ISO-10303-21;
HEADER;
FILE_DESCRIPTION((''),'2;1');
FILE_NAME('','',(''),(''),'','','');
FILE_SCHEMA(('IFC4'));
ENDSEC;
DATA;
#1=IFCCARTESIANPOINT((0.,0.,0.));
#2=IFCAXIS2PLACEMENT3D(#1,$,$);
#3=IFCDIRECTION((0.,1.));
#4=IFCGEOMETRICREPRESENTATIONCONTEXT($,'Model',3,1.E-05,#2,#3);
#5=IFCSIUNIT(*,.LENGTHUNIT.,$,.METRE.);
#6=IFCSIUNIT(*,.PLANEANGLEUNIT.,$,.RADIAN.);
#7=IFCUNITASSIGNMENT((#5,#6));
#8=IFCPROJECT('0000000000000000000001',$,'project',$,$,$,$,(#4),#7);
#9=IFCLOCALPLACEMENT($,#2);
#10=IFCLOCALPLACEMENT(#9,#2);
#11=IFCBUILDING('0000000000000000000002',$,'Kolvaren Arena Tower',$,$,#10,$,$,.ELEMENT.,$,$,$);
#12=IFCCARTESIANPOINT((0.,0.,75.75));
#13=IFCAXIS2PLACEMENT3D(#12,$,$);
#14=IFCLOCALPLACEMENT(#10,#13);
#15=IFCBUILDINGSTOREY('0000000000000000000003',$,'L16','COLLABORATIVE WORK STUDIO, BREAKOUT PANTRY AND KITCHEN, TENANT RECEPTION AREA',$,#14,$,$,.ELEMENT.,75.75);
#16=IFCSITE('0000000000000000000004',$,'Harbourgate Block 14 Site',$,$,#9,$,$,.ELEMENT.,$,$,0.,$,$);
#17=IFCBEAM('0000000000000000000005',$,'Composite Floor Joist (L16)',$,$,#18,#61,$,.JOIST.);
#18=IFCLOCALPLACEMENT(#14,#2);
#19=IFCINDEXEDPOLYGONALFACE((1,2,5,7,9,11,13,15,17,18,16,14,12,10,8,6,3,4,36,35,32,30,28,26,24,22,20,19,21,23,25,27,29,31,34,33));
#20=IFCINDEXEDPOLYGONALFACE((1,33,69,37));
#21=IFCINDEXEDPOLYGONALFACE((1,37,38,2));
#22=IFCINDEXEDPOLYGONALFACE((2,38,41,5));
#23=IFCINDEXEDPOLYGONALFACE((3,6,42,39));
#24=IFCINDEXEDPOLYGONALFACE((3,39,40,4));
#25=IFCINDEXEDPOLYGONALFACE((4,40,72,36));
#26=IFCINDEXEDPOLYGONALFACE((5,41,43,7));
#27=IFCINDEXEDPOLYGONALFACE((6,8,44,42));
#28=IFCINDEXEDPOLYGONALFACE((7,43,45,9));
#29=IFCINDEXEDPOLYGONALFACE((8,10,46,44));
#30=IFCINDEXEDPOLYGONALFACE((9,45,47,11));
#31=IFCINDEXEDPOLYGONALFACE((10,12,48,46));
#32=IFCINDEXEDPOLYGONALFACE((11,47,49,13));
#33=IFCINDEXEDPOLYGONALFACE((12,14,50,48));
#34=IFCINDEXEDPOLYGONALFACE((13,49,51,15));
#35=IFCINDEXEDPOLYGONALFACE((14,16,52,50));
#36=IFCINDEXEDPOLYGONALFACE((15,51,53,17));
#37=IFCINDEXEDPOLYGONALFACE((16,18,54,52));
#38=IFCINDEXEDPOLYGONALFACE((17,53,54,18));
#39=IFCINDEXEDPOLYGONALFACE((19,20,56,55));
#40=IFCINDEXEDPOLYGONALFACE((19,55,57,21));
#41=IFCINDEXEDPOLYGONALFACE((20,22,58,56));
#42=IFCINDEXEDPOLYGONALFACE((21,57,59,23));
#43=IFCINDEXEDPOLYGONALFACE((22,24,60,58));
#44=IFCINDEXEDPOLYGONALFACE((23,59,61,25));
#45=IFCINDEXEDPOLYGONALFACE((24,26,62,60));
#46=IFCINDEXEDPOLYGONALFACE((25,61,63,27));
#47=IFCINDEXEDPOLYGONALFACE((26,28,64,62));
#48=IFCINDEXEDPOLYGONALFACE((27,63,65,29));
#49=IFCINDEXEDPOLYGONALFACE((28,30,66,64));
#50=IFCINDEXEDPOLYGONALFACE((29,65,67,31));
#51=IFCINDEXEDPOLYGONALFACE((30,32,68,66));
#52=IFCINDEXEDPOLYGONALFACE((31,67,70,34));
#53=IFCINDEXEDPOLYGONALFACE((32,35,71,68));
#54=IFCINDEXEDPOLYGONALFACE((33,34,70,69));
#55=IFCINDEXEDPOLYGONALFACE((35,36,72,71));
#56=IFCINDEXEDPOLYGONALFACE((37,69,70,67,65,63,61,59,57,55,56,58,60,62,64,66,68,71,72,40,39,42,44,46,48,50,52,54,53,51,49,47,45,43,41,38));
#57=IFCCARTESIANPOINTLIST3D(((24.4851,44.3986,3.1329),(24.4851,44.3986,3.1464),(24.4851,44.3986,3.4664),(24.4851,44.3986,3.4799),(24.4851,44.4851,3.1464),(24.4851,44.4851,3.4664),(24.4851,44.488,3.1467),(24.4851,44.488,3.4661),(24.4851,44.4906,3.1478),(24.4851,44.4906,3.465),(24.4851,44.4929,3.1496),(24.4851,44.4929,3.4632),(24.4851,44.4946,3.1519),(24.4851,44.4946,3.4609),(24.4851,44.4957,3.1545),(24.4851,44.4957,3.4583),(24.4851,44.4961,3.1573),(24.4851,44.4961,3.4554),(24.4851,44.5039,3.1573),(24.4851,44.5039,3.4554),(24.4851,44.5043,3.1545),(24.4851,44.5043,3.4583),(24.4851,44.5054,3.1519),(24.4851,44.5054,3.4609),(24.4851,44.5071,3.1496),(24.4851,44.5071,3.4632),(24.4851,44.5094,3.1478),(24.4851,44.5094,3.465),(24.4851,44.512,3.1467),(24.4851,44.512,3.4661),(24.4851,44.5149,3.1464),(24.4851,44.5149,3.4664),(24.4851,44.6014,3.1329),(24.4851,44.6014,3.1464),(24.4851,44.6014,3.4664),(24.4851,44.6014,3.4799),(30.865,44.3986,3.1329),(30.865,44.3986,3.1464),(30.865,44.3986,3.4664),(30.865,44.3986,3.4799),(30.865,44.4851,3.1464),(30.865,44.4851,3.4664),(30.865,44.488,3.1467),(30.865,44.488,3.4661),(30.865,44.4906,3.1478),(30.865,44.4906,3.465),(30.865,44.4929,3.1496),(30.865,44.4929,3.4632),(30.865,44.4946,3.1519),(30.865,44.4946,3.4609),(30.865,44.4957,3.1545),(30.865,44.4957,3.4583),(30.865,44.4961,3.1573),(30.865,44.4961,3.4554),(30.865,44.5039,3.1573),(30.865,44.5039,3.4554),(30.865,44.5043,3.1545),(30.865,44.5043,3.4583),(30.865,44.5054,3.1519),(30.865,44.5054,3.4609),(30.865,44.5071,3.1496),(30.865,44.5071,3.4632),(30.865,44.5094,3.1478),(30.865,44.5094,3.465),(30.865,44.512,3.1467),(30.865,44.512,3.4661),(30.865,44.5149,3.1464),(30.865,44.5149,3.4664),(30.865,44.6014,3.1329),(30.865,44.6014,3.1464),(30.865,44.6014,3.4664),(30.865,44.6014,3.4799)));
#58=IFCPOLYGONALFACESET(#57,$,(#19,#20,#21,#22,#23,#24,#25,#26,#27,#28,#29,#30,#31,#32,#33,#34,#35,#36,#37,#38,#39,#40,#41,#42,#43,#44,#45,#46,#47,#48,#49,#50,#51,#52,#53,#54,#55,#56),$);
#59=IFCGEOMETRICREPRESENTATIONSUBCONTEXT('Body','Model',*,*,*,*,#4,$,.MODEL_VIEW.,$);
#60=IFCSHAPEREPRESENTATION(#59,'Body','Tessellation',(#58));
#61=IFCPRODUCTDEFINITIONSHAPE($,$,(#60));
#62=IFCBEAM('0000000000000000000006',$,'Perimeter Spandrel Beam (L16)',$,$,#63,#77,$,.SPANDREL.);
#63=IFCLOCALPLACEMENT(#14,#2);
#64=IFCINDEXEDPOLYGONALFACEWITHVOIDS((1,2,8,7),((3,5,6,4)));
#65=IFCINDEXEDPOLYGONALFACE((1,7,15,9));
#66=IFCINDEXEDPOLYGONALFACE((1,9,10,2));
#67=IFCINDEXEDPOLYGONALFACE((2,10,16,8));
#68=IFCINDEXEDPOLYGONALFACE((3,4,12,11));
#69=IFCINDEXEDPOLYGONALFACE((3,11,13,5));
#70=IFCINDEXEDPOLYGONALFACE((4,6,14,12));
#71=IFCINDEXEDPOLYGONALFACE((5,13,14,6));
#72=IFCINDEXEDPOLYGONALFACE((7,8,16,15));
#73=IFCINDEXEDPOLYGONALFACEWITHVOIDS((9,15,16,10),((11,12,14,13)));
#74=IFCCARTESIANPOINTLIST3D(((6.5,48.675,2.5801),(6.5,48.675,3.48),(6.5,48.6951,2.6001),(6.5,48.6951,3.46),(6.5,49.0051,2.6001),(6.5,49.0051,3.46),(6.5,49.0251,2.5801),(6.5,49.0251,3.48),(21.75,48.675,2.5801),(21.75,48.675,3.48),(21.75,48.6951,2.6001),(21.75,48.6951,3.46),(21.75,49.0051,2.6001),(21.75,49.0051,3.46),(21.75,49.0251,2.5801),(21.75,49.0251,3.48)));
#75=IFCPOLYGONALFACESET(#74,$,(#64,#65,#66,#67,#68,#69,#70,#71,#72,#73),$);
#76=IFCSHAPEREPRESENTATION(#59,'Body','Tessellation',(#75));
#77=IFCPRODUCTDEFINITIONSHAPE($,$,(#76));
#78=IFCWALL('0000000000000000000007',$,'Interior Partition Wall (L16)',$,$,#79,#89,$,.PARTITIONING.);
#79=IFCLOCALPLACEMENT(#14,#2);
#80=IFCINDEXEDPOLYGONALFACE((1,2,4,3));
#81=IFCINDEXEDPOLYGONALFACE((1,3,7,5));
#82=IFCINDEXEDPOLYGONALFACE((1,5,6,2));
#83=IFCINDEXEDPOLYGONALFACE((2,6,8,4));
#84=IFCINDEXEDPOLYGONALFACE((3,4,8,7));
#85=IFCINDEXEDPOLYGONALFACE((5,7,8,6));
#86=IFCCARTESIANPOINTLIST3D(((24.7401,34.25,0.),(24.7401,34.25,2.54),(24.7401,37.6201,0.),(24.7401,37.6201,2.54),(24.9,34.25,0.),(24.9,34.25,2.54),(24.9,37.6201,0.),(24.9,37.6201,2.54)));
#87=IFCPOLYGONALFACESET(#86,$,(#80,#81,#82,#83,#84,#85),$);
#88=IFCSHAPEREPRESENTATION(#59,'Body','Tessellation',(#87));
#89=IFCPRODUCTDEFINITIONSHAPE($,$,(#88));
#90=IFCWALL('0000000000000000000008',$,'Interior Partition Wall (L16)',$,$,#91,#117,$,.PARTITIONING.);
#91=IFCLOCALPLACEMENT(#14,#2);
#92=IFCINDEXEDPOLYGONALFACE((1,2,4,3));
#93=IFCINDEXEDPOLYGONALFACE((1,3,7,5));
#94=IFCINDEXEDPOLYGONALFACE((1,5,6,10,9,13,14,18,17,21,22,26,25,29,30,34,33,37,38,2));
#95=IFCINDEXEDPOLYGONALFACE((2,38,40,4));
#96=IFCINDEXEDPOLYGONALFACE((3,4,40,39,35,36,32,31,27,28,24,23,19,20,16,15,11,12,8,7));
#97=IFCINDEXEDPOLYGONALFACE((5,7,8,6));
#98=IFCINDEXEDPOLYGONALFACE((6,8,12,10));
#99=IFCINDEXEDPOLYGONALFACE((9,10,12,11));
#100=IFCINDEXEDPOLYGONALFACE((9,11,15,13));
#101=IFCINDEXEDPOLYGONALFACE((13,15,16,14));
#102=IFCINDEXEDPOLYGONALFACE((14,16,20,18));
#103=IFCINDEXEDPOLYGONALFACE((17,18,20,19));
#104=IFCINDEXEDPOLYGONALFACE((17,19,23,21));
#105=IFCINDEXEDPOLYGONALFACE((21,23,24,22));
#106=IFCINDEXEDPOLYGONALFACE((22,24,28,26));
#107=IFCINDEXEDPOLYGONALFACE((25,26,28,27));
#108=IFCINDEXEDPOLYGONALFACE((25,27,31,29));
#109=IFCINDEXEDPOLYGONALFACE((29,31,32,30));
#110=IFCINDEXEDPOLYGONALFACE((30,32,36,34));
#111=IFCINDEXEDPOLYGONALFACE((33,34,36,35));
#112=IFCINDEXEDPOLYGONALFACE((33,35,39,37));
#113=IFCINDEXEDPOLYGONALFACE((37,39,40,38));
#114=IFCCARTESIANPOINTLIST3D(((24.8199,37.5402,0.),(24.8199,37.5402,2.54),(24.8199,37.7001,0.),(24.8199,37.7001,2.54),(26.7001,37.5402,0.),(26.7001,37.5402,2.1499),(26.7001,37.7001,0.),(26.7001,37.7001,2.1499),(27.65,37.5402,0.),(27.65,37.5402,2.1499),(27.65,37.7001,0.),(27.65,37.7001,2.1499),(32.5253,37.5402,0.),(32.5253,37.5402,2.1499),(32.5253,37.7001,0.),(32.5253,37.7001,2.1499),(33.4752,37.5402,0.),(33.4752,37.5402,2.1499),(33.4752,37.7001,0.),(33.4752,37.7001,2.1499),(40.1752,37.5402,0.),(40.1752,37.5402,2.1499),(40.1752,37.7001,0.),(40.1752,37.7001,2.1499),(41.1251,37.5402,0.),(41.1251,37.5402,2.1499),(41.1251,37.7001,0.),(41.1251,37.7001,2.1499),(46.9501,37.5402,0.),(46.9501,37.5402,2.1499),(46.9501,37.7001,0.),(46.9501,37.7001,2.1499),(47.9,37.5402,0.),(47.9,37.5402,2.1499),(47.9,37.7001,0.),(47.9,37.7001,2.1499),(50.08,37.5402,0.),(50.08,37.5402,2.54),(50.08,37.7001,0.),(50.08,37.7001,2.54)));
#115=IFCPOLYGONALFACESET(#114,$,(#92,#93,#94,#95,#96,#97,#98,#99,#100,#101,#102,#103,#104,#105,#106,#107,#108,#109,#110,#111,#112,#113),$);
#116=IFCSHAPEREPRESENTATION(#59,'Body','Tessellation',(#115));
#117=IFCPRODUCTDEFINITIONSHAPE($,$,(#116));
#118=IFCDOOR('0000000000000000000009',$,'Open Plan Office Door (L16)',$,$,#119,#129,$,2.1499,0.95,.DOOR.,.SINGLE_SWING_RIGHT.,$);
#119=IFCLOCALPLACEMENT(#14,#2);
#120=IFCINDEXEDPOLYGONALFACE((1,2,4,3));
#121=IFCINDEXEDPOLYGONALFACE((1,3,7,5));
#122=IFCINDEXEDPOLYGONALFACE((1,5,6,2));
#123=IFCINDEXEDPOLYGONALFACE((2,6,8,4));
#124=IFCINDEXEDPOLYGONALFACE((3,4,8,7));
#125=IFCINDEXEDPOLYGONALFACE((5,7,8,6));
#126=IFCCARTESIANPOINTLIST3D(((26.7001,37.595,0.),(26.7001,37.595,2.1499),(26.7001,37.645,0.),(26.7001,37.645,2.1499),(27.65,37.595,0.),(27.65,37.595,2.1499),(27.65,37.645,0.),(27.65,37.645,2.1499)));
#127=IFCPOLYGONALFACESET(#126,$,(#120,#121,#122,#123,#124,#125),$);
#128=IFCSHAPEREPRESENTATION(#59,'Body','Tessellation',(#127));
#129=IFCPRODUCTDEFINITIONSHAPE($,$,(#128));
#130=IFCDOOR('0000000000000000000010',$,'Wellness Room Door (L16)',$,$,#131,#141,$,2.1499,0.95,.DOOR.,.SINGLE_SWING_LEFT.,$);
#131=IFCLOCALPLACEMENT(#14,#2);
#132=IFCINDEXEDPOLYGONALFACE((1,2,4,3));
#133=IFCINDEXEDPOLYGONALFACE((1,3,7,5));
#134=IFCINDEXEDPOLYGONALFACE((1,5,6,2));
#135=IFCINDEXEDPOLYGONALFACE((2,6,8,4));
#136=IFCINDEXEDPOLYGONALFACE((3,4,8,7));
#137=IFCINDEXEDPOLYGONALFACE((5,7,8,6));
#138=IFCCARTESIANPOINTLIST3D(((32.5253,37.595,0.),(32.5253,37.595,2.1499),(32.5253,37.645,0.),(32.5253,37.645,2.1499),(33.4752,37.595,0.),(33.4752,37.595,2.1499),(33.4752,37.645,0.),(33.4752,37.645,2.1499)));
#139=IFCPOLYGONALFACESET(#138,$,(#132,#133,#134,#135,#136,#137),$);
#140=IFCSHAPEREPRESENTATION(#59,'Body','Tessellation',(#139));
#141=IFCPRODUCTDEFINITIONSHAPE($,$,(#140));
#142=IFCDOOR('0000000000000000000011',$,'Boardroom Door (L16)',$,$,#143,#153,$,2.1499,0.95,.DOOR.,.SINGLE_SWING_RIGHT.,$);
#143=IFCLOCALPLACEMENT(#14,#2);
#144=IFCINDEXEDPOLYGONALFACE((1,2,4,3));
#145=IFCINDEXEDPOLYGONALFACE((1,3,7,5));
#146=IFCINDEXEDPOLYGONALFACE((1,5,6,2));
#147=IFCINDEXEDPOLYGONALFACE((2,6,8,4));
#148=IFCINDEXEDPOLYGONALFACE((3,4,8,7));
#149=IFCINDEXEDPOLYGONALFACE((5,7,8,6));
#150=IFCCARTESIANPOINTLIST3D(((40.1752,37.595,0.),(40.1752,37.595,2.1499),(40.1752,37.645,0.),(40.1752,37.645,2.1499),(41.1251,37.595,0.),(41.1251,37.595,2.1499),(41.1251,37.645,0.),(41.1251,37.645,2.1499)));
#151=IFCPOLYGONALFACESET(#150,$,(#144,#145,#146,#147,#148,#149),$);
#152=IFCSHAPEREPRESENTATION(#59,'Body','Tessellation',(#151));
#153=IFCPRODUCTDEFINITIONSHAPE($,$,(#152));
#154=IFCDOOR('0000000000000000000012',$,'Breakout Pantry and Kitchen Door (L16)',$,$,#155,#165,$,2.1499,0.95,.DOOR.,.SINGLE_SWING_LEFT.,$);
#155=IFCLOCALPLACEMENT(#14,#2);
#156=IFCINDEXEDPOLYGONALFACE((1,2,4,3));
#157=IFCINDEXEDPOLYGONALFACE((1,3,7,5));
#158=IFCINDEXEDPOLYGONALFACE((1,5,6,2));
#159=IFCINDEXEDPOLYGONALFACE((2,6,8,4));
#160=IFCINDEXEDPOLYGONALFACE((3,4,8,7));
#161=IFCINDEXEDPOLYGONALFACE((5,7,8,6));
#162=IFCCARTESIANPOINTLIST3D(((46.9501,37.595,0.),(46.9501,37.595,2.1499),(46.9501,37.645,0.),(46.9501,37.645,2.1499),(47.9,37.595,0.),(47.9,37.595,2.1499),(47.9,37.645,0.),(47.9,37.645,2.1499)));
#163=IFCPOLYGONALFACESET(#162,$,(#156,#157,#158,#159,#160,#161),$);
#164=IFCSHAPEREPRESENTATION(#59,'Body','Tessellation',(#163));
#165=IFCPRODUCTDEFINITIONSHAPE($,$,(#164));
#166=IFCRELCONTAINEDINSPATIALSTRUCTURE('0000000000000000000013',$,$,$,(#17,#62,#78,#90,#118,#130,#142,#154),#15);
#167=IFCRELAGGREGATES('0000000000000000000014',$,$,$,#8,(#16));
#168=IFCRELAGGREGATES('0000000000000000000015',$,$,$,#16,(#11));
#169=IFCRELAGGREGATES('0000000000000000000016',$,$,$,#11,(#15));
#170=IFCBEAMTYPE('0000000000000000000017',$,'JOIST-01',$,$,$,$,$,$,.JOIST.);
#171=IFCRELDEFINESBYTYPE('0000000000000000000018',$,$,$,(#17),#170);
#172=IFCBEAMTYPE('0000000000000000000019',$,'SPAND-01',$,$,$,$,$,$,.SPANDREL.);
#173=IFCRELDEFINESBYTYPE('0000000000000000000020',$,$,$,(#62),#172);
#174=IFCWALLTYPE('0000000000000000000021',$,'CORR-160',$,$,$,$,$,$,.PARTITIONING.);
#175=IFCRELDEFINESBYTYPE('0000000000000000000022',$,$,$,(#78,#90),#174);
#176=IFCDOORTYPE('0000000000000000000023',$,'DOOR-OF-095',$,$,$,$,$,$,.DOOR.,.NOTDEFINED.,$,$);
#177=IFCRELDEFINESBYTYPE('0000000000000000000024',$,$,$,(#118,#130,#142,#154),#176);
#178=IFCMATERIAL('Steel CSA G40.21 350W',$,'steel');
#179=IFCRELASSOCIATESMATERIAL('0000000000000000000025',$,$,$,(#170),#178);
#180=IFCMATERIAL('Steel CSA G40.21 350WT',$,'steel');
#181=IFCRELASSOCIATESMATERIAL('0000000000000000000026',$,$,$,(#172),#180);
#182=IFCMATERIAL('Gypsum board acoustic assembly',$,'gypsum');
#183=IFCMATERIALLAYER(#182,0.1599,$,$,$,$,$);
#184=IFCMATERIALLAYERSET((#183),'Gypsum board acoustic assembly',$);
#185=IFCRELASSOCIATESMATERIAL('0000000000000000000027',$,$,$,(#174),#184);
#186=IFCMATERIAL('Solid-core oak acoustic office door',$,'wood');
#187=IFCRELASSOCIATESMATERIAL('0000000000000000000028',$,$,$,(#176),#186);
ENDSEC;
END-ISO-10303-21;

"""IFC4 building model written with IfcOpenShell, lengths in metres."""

from ifc_helpers import new_model, si_unit, direction, frame, frame_2d, origin, origin_2d, place, context, subcontext, project, spatial, rectangle, hollow_rectangle, i_section, extrude, material, layer, layer_set, material_profile, profile_set, type_object, element, fill, save


model = new_model("IFC4")

# Units and contexts
model_context = context("Model", 3, precision=1e-05, world=origin(), true_north=direction((0.0, 1.0)))
body_context = subcontext(model_context, "Body", "Model", "MODEL_VIEW")
ifc_project = project(units=[si_unit("LENGTHUNIT", "METRE"), si_unit("PLANEANGLEUNIT", "RADIAN")], contexts=[model_context])

# Site, building, storey
site_placement = place(None, origin())
site = spatial("IfcSite", under=ifc_project, at=site_placement, Name="Harbourgate Block 14 Site", CompositionType="ELEMENT", RefElevation=0.0)
building_placement = place(site_placement, origin())
building = spatial("IfcBuilding", under=site, at=building_placement, Name="Kolvaren Arena Tower", CompositionType="ELEMENT")
storey_placement = place(building_placement, frame((0.0, 0.0, 75.75)))
storey = spatial("IfcBuildingStorey", under=building, at=storey_placement, Name="L16", Description="COLLABORATIVE WORK STUDIO, BREAKOUT PANTRY AND KITCHEN, TENANT RECEPTION AREA", CompositionType="ELEMENT", Elevation=75.75)

# Beams
ifc_material_1 = material(Name="Steel CSA G40.21 350W", Category="steel")
ifc_material_profile_1 = material_profile(ifc_material_1, i_section(OverallWidth=0.2029, OverallDepth=0.3469, WebThickness=0.0078, FlangeThickness=0.0134, FilletRadius=0.011, at=origin_2d()), Name="W360x64")
ifc_profile_set_1 = profile_set([ifc_material_profile_1], Name="Steel CSA G40.21 350W")
beam_type_1 = type_object("IfcBeamType", Name="JOIST-01", PredefinedType="JOIST", material=ifc_profile_set_1)
beam_1_placement = place(storey_placement, frame((24.4851, 44.5, 3.3064), z_axis=(1.0, 0.0, 0.0), x_axis=(0.0, 1.0, 0.0)))
element("IfcBeam", 1, at=beam_1_placement, inside=storey, type_object=beam_type_1, Name="Composite Floor Joist (L16)", PredefinedType="JOIST", context=body_context, shape_type="SweptSolid", body=[
    extrude(i_section(OverallWidth=0.2029, OverallDepth=0.3469, WebThickness=0.0078, FlangeThickness=0.0134, FilletRadius=0.011, at=origin_2d()), origin(), (0.0, 0.0, 1.0), 6.3799),
])
ifc_material_2 = material(Name="Steel CSA G40.21 350WT", Category="steel")
ifc_material_profile_2 = material_profile(ifc_material_2, hollow_rectangle(XDim=0.3501, YDim=0.8999, WallThickness=0.02, at=origin_2d()), Name="HSS 900x350x20")
ifc_profile_set_2 = profile_set([ifc_material_profile_2], Name="Steel CSA G40.21 350WT")
beam_type_2 = type_object("IfcBeamType", Name="SPAND-01", PredefinedType="SPANDREL", material=ifc_profile_set_2)
beam_2_placement = place(storey_placement, frame((21.75, 48.8501, 3.03), z_axis=(-1.0, 0.0, 0.0), x_axis=(0.0, -1.0, 0.0)))
element("IfcBeam", 2, at=beam_2_placement, inside=storey, type_object=beam_type_2, Name="Perimeter Spandrel Beam (L16)", PredefinedType="SPANDREL", context=body_context, shape_type="SweptSolid", body=[
    extrude(hollow_rectangle(XDim=0.3501, YDim=0.8999, WallThickness=0.02, at=origin_2d()), origin(), (0.0, 0.0, 1.0), 15.25),
])

# Wall
ifc_material_3 = material(Name="Gypsum board acoustic assembly", Category="gypsum")
ifc_layer_1 = layer(ifc_material_3, 0.1599)
ifc_layer_set_1 = layer_set([ifc_layer_1], Name="Gypsum board acoustic assembly")
wall_type_1 = type_object("IfcWallType", Name="CORR-160", PredefinedType="PARTITIONING", material=ifc_layer_set_1)
wall_1_placement = place(storey_placement, frame((24.8201, 34.25, 0.0), z_axis=(0.0, 0.0, 1.0), x_axis=(0.0, 1.0, 0.0)))
element("IfcWall", 3, at=wall_1_placement, inside=storey, type_object=wall_type_1, Name="Interior Partition Wall (L16)", PredefinedType="PARTITIONING", context=body_context, shape_type="SweptSolid", body=[
    extrude(rectangle(XDim=3.3701, YDim=0.1599, at=frame_2d((1.6851, 0.0))), origin(), (0.0, 0.0, 1.0), 2.54),
])

# Wall, openings, doors
wall_2_placement = place(storey_placement, frame((24.8201, 37.6201, 0.0), z_axis=(0.0, 0.0, 1.0), x_axis=(1.0, 0.0, 0.0)))
wall_2 = element("IfcWall", 4, at=wall_2_placement, inside=storey, type_object=wall_type_1, Name="Interior Partition Wall (L16)", PredefinedType="PARTITIONING", context=body_context, shape_type="SweptSolid", body=[
    extrude(rectangle(XDim=25.26, YDim=0.1599, at=frame_2d((12.6299, 0.0))), origin(), (0.0, 0.0, 1.0), 2.54),
])
opening_1_placement = place(wall_2_placement, frame((1.8799, 0.0, 0.0)))
opening_1 = element("IfcOpeningElement", 5, at=opening_1_placement, cuts=wall_2, PredefinedType="OPENING", context=body_context, shape_type="SweptSolid", body=[
    extrude(rectangle(XDim=0.95, YDim=2.1499, at=frame_2d((0.4751, 1.075))), frame((0.0, 0.0898, 0.0), z_axis=(0.0, -1.0, 0.0), x_axis=(1.0, 0.0, 0.0)), (0.0, 0.0, 1.0), 0.1799),
])
opening_2_placement = place(wall_2_placement, frame((7.7051, 0.0, 0.0)))
opening_2 = element("IfcOpeningElement", 6, at=opening_2_placement, cuts=wall_2, PredefinedType="OPENING", context=body_context, shape_type="SweptSolid", body=[
    extrude(rectangle(XDim=0.95, YDim=2.1499, at=frame_2d((0.4751, 1.075))), frame((0.0, 0.0898, 0.0), z_axis=(0.0, -1.0, 0.0), x_axis=(1.0, 0.0, 0.0)), (0.0, 0.0, 1.0), 0.1799),
])
opening_3_placement = place(wall_2_placement, frame((15.355, 0.0, 0.0)))
opening_3 = element("IfcOpeningElement", 7, at=opening_3_placement, cuts=wall_2, PredefinedType="OPENING", context=body_context, shape_type="SweptSolid", body=[
    extrude(rectangle(XDim=0.95, YDim=2.1499, at=frame_2d((0.4751, 1.075))), frame((0.0, 0.0898, 0.0), z_axis=(0.0, -1.0, 0.0), x_axis=(1.0, 0.0, 0.0)), (0.0, 0.0, 1.0), 0.1799),
])
opening_4_placement = place(wall_2_placement, frame((22.1299, 0.0, 0.0)))
opening_4 = element("IfcOpeningElement", 8, at=opening_4_placement, cuts=wall_2, PredefinedType="OPENING", context=body_context, shape_type="SweptSolid", body=[
    extrude(rectangle(XDim=0.95, YDim=2.1499, at=frame_2d((0.4751, 1.075))), frame((0.0, 0.0898, 0.0), z_axis=(0.0, -1.0, 0.0), x_axis=(1.0, 0.0, 0.0)), (0.0, 0.0, 1.0), 0.1799),
])
ifc_material_4 = material(Name="Solid-core oak acoustic office door", Category="wood")
door_type = type_object("IfcDoorType", Name="DOOR-OF-095", OperationType="NOTDEFINED", PredefinedType="DOOR", material=ifc_material_4)
door_1_placement = place(opening_1_placement, origin())
door_1 = element("IfcDoor", 9, at=door_1_placement, inside=storey, type_object=door_type, Name="Open Plan Office Door (L16)", OperationType="SINGLE_SWING_RIGHT", OverallHeight=2.1499, OverallWidth=0.95, PredefinedType="DOOR", context=body_context, shape_type="SweptSolid", body=[
    extrude(rectangle(XDim=0.95, YDim=2.1499, at=frame_2d((0.4751, 1.075))), frame((0.0, 0.0249, 0.0), z_axis=(0.0, -1.0, 0.0), x_axis=(1.0, 0.0, 0.0)), (0.0, 0.0, 1.0), 0.05),
])
fill(opening_1, door_1)
door_2_placement = place(opening_2_placement, origin())
door_2 = element("IfcDoor", 10, at=door_2_placement, inside=storey, type_object=door_type, Name="Wellness Room Door (L16)", OperationType="SINGLE_SWING_LEFT", OverallHeight=2.1499, OverallWidth=0.95, PredefinedType="DOOR", context=body_context, shape_type="SweptSolid", body=[
    extrude(rectangle(XDim=0.95, YDim=2.1499, at=frame_2d((0.4751, 1.075))), frame((0.0, 0.0249, 0.0), z_axis=(0.0, -1.0, 0.0), x_axis=(1.0, 0.0, 0.0)), (0.0, 0.0, 1.0), 0.05),
])
fill(opening_2, door_2)
door_3_placement = place(opening_3_placement, origin())
door_3 = element("IfcDoor", 11, at=door_3_placement, inside=storey, type_object=door_type, Name="Boardroom Door (L16)", OperationType="SINGLE_SWING_RIGHT", OverallHeight=2.1499, OverallWidth=0.95, PredefinedType="DOOR", context=body_context, shape_type="SweptSolid", body=[
    extrude(rectangle(XDim=0.95, YDim=2.1499, at=frame_2d((0.4751, 1.075))), frame((0.0, 0.0249, 0.0), z_axis=(0.0, -1.0, 0.0), x_axis=(1.0, 0.0, 0.0)), (0.0, 0.0, 1.0), 0.05),
])
fill(opening_3, door_3)
door_4_placement = place(opening_4_placement, origin())
door_4 = element("IfcDoor", 12, at=door_4_placement, inside=storey, type_object=door_type, Name="Breakout Pantry and Kitchen Door (L16)", OperationType="SINGLE_SWING_LEFT", OverallHeight=2.1499, OverallWidth=0.95, PredefinedType="DOOR", context=body_context, shape_type="SweptSolid", body=[
    extrude(rectangle(XDim=0.95, YDim=2.1499, at=frame_2d((0.4751, 1.075))), frame((0.0, 0.0249, 0.0), z_axis=(0.0, -1.0, 0.0), x_axis=(1.0, 0.0, 0.0)), (0.0, 0.0, 1.0), 0.05),
])
fill(opening_4, door_4)

save(model, "model.ifc")
